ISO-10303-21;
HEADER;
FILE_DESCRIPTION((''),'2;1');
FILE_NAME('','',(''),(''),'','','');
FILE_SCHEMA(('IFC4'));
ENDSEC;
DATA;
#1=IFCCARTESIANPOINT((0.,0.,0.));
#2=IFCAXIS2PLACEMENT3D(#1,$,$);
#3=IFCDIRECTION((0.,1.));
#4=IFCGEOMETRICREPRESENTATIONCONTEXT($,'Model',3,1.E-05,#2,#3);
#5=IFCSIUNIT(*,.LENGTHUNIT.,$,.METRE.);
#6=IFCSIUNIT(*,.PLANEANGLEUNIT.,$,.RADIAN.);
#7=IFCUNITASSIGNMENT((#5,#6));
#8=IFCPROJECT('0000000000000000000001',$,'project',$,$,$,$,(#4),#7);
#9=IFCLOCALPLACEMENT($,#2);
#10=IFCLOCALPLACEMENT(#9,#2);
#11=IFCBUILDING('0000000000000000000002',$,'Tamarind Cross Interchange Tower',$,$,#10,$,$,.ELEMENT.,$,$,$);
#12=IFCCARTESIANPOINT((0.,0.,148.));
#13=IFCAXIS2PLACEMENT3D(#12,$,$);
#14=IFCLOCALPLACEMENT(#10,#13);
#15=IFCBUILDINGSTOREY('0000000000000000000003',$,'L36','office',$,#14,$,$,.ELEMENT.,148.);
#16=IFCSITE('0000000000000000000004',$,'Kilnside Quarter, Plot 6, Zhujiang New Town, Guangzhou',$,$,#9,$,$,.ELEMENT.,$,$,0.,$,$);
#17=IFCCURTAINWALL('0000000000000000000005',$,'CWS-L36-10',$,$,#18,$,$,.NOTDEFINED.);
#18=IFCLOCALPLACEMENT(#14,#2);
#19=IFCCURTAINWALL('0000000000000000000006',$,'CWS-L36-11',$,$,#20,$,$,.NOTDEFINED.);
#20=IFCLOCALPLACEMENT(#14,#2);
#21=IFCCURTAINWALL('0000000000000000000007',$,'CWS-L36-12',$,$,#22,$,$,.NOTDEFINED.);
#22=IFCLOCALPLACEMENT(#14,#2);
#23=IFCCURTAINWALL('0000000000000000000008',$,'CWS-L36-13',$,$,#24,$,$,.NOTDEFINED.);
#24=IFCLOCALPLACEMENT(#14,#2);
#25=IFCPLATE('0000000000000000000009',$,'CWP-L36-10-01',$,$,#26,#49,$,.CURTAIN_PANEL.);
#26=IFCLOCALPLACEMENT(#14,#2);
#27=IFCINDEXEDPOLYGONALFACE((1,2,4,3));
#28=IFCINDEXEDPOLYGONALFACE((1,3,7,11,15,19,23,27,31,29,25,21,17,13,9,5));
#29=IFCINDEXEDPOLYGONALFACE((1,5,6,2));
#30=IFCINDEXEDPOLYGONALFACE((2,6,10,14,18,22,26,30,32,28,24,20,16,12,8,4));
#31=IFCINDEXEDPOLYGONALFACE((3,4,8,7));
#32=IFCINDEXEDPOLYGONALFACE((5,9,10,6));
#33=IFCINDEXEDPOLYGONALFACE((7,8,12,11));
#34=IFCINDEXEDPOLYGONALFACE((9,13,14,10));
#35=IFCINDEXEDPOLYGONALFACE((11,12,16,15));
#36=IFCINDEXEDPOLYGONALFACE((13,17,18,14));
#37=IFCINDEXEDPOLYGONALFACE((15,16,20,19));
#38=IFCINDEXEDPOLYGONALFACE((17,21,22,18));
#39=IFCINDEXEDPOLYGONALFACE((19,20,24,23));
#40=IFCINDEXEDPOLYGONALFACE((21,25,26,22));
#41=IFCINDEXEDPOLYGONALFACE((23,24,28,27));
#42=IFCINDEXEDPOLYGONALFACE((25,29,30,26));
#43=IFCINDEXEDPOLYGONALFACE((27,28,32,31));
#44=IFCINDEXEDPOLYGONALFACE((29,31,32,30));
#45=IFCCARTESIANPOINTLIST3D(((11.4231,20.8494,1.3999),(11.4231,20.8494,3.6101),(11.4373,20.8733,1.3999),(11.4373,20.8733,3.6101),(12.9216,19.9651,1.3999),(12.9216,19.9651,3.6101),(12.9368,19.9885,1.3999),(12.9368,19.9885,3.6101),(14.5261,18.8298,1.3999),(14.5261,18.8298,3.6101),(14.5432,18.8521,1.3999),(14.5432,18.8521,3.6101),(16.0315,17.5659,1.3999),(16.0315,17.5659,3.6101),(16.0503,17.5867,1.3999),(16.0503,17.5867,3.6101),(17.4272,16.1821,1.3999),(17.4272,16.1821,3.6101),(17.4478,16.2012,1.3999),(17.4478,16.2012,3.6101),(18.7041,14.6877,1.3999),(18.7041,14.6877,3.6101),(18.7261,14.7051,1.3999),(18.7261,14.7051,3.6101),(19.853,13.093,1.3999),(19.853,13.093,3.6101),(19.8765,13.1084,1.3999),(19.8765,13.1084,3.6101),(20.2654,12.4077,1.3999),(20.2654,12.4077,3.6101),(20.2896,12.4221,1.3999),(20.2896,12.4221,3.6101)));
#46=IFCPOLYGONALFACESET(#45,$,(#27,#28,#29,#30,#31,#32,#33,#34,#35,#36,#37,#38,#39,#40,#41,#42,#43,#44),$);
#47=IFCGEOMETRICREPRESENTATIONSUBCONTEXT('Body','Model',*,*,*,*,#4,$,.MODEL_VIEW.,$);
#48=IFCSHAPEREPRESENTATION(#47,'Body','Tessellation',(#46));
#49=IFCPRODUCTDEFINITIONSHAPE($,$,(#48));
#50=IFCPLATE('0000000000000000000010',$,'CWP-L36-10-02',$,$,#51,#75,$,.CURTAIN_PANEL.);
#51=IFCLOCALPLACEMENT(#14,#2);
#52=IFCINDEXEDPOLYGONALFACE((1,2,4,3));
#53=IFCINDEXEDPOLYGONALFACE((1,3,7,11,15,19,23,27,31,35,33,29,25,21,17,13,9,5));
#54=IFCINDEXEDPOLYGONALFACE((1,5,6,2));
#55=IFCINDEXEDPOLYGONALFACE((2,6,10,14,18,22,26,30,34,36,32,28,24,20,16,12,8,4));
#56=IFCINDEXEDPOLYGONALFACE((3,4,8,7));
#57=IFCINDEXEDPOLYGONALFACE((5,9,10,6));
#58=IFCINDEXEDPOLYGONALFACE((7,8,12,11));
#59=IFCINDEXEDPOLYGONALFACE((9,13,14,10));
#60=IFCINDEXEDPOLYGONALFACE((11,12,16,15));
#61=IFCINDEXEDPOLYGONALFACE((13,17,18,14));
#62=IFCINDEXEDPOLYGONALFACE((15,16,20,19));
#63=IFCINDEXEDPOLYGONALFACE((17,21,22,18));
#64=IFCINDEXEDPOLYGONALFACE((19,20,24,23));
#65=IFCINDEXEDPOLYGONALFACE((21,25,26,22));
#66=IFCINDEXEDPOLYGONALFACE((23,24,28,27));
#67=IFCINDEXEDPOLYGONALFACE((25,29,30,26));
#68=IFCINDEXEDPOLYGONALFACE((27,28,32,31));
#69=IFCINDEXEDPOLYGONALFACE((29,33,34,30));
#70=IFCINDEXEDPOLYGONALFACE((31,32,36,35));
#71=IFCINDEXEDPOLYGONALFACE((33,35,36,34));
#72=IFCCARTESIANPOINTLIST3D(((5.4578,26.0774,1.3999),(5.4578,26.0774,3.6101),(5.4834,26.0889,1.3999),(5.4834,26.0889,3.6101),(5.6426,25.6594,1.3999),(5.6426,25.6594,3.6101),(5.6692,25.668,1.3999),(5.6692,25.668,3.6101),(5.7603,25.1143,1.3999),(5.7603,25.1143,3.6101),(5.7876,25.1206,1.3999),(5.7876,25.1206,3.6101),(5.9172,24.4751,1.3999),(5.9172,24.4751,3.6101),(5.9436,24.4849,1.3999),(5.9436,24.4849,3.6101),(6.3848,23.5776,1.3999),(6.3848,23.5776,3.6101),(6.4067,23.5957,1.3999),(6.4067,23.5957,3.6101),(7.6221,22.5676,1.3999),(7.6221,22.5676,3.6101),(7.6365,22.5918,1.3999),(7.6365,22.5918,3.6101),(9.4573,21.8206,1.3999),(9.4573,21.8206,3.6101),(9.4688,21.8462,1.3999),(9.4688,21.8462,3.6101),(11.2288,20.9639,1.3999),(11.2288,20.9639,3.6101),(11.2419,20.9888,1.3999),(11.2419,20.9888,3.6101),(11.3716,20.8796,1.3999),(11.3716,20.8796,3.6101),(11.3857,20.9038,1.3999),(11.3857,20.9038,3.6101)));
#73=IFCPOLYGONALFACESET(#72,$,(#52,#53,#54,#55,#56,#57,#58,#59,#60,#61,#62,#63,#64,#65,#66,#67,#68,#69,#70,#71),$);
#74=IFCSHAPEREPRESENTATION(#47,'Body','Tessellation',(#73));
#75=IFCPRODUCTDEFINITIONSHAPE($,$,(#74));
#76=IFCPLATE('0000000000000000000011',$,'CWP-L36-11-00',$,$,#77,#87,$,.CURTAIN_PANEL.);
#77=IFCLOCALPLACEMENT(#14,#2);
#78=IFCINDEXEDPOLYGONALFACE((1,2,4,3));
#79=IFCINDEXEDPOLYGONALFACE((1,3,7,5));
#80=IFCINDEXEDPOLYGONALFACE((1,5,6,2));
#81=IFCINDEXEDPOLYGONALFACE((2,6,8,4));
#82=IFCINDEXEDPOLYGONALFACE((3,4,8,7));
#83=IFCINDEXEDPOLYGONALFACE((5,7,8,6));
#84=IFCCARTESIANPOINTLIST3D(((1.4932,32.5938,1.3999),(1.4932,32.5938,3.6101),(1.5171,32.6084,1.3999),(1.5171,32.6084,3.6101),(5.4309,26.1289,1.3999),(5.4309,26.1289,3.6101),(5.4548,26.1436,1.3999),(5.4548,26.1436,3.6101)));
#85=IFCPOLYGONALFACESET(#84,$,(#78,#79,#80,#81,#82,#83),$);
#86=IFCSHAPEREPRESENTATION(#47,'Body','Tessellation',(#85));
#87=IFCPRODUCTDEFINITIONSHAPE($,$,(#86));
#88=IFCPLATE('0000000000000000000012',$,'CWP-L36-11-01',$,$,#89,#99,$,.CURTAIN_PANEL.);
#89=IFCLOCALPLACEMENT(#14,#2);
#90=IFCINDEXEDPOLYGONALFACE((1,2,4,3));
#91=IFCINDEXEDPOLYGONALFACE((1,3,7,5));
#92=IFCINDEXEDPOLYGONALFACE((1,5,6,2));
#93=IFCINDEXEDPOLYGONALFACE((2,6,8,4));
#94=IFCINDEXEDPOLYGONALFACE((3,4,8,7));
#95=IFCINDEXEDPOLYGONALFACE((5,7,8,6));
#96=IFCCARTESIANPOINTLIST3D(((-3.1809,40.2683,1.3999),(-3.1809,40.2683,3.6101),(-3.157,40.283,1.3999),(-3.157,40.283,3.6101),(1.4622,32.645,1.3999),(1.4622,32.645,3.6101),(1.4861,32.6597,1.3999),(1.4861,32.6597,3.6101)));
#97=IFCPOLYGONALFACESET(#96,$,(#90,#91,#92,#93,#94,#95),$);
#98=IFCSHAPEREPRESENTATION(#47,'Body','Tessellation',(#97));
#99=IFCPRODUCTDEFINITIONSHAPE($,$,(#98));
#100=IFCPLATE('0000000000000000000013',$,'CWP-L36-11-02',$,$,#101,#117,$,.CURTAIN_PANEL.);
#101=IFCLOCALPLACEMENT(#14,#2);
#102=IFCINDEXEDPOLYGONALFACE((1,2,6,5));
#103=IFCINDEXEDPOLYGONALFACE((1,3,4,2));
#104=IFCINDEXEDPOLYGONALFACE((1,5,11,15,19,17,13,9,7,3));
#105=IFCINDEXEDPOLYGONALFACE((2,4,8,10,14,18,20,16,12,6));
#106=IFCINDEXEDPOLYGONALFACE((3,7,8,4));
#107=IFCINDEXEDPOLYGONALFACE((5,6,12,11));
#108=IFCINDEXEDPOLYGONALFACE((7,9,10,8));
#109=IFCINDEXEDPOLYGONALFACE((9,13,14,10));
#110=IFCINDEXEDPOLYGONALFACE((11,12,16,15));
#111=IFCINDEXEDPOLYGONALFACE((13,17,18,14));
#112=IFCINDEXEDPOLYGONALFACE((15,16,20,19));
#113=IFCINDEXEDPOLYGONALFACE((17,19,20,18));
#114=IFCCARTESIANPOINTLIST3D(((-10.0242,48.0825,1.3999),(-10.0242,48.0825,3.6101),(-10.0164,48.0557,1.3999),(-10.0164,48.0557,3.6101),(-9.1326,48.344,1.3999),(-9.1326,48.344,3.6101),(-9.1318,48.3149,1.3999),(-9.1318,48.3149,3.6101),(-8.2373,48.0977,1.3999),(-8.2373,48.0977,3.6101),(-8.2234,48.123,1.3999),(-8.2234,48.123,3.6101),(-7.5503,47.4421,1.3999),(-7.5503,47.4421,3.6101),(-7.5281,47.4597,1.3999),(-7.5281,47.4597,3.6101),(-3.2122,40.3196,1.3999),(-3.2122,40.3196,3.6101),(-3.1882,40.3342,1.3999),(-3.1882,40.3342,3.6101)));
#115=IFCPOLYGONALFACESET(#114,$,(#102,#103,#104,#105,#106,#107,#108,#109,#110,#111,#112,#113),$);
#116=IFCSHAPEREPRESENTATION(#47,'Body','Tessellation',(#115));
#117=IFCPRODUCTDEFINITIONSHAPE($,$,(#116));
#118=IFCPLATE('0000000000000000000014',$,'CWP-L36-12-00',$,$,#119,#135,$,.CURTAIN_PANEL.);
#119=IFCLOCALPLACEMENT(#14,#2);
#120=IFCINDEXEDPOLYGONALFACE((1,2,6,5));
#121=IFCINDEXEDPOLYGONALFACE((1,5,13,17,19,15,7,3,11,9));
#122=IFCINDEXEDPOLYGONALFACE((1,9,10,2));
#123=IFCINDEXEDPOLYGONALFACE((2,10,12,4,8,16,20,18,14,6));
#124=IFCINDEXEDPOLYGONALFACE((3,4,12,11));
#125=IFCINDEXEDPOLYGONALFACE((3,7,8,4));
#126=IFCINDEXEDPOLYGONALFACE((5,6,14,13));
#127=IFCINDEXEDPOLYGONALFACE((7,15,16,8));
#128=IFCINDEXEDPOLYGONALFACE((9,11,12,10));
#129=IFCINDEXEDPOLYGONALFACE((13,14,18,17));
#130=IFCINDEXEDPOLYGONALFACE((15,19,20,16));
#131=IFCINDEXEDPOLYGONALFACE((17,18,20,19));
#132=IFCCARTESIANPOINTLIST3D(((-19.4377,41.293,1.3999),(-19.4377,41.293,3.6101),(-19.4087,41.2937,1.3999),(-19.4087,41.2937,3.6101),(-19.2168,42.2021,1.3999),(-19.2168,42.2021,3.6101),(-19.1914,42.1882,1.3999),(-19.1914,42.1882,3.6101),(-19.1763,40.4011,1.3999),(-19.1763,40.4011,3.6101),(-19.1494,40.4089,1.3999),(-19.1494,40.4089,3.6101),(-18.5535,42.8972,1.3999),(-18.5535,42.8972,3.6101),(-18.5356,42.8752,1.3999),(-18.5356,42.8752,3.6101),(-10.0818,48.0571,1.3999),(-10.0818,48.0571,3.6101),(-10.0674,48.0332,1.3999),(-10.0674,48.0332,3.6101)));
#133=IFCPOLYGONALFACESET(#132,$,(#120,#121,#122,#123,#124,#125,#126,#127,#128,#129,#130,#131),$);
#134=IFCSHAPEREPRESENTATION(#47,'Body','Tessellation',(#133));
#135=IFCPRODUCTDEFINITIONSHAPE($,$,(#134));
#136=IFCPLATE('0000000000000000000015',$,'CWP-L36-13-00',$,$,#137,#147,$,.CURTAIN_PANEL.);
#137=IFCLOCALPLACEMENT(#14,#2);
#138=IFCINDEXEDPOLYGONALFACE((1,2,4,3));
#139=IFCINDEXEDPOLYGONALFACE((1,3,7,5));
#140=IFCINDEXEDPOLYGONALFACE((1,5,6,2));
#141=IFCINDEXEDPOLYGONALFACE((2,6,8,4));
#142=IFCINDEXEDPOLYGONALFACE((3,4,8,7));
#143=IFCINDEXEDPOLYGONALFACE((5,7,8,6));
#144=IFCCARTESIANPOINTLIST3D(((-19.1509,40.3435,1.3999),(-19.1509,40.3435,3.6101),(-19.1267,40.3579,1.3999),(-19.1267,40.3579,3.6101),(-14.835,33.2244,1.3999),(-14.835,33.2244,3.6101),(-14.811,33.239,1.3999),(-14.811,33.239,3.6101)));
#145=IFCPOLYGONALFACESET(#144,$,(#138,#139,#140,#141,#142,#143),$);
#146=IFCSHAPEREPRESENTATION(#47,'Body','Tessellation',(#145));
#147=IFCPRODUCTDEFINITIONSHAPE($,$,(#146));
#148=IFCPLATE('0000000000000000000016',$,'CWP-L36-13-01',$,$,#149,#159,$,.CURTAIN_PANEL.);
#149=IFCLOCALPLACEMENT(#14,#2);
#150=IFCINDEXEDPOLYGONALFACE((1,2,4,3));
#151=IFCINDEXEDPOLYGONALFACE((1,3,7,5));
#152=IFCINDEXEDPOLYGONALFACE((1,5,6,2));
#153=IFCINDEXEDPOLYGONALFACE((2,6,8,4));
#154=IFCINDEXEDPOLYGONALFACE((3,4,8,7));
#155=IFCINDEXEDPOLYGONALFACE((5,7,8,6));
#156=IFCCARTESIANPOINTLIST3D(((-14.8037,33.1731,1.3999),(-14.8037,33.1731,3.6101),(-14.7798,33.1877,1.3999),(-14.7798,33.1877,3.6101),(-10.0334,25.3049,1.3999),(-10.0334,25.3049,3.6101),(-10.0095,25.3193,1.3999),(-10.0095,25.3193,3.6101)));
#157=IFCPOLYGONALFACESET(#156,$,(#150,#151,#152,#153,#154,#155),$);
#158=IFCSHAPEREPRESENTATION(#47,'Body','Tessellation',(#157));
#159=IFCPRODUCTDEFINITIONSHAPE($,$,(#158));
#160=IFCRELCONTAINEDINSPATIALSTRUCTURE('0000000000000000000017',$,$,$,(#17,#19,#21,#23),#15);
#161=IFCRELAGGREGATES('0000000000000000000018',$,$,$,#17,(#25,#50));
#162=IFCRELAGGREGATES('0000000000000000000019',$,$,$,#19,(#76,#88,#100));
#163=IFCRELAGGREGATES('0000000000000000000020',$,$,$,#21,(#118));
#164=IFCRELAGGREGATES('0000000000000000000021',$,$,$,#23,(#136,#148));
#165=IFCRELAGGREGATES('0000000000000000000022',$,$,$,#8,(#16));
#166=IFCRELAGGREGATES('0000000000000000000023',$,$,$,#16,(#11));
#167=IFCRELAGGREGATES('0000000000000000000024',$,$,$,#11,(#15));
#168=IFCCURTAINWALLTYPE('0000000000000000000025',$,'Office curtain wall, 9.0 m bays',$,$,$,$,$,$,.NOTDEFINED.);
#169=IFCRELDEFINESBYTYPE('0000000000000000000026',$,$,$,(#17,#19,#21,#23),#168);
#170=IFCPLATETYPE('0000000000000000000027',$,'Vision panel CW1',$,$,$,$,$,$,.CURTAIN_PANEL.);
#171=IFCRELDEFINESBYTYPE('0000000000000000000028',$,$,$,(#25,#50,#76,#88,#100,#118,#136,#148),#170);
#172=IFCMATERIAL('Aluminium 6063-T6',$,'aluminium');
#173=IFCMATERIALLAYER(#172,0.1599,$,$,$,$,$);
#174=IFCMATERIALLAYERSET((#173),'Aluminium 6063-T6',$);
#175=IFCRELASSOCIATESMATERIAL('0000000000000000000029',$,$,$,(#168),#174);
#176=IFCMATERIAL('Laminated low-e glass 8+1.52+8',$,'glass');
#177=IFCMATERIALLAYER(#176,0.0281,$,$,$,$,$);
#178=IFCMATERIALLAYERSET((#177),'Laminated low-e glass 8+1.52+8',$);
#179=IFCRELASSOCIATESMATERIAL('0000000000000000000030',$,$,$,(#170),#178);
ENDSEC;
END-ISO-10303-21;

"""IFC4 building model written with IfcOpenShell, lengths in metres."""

from ifc_helpers import new_model, si_unit, direction, frame, origin, place, context, subcontext, project, spatial, polyline, outline, extrude, material, layer, layer_set, type_object, element, aggregate, save


model = new_model("IFC4")

# Units and contexts
model_context = context("Model", 3, precision=1e-05, world=origin(), true_north=direction((0.0, 1.0)))
body_context = subcontext(model_context, "Body", "Model", "MODEL_VIEW")
ifc_project = project(units=[si_unit("LENGTHUNIT", "METRE"), si_unit("PLANEANGLEUNIT", "RADIAN")], contexts=[model_context])

# Site, building, storey
site_placement = place(None, origin())
site = spatial("IfcSite", under=ifc_project, at=site_placement, Name="Kilnside Quarter, Plot 6, Zhujiang New Town, Guangzhou", CompositionType="ELEMENT", RefElevation=0.0)
building_placement = place(site_placement, origin())
building = spatial("IfcBuilding", under=site, at=building_placement, Name="Tamarind Cross Interchange Tower", CompositionType="ELEMENT")
storey_placement = place(building_placement, frame((0.0, 0.0, 148.0)))
storey = spatial("IfcBuildingStorey", under=building, at=storey_placement, Name="L36", Description="office", CompositionType="ELEMENT", Elevation=148.0)

# Curtain walls
ifc_material_1 = material(Name="Aluminium 6063-T6", Category="aluminium")
ifc_layer_1 = layer(ifc_material_1, 0.1599)
ifc_layer_set_1 = layer_set([ifc_layer_1], Name="Aluminium 6063-T6")
curtain_wall_type = type_object("IfcCurtainWallType", Name="Office curtain wall, 9.0 m bays", PredefinedType="NOTDEFINED", material=ifc_layer_set_1)
curtain_wall_1_placement = place(storey_placement, origin())
curtain_wall_1 = element("IfcCurtainWall", 1, at=curtain_wall_1_placement, inside=storey, type_object=curtain_wall_type, Name="CWS-L36-10", PredefinedType="NOTDEFINED")
curtain_wall_2_placement = place(storey_placement, origin())
curtain_wall_2 = element("IfcCurtainWall", 2, at=curtain_wall_2_placement, inside=storey, type_object=curtain_wall_type, Name="CWS-L36-11", PredefinedType="NOTDEFINED")
curtain_wall_3_placement = place(storey_placement, origin())
curtain_wall_3 = element("IfcCurtainWall", 3, at=curtain_wall_3_placement, inside=storey, type_object=curtain_wall_type, Name="CWS-L36-12", PredefinedType="NOTDEFINED")
curtain_wall_4_placement = place(storey_placement, origin())
curtain_wall_4 = element("IfcCurtainWall", 4, at=curtain_wall_4_placement, inside=storey, type_object=curtain_wall_type, Name="CWS-L36-13", PredefinedType="NOTDEFINED")

# Plates
ifc_material_2 = material(Name="Laminated low-e glass 8+1.52+8", Category="glass")
ifc_layer_2 = layer(ifc_material_2, 0.0281)
ifc_layer_set_2 = layer_set([ifc_layer_2], Name="Laminated low-e glass 8+1.52+8")
plate_type = type_object("IfcPlateType", Name="Vision panel CW1", PredefinedType="CURTAIN_PANEL", material=ifc_layer_set_2)
plate_1_placement = place(storey_placement, frame((0.0, 0.0, 1.3999)))
plate_1 = element("IfcPlate", 5, at=plate_1_placement, type_object=plate_type, Name="CWP-L36-10-01", PredefinedType="CURTAIN_PANEL", context=body_context, shape_type="SweptSolid", body=[
    extrude(outline(polyline([(20.2654, 12.4077), (19.853, 13.093), (18.7041, 14.6877), (17.4272, 16.1821), (16.0315, 17.5659), (14.5261, 18.8298), (12.9216, 19.9651), (11.4231, 20.8494), (11.4373, 20.8733), (12.9368, 19.9885), (14.5432, 18.8521), (16.0503, 17.5867), (17.4478, 16.2012), (18.7261, 14.7051), (19.8765, 13.1084), (20.2896, 12.4221), (20.2654, 12.4077)])), origin(), (0.0, 0.0, 1.0), 2.2102),
])
plate_2_placement = place(storey_placement, frame((0.0, 0.0, 1.3999)))
plate_2 = element("IfcPlate", 6, at=plate_2_placement, type_object=plate_type, Name="CWP-L36-10-02", PredefinedType="CURTAIN_PANEL", context=body_context, shape_type="SweptSolid", body=[
    extrude(outline(polyline([(11.3716, 20.8796), (11.2288, 20.9639), (9.4573, 21.8206), (7.6221, 22.5676), (6.3848, 23.5776), (5.9172, 24.4751), (5.7603, 25.1143), (5.6426, 25.6594), (5.4578, 26.0774), (5.4834, 26.0889), (5.6692, 25.668), (5.7876, 25.1206), (5.9436, 24.4849), (6.4067, 23.5957), (7.6365, 22.5918), (9.4688, 21.8462), (11.2419, 20.9888), (11.3857, 20.9038), (11.3716, 20.8796)])), origin(), (0.0, 0.0, 1.0), 2.2102),
])
aggregate(curtain_wall_1, [plate_1, plate_2])
plate_3_placement = place(storey_placement, frame((0.0, 0.0, 1.3999)))
plate_3 = element("IfcPlate", 7, at=plate_3_placement, type_object=plate_type, Name="CWP-L36-11-00", PredefinedType="CURTAIN_PANEL", context=body_context, shape_type="SweptSolid", body=[
    extrude(outline(polyline([(5.4309, 26.1289), (1.4932, 32.5938), (1.5171, 32.6084), (5.4548, 26.1436), (5.4309, 26.1289)])), origin(), (0.0, 0.0, 1.0), 2.2102),
])
plate_4_placement = place(storey_placement, frame((0.0, 0.0, 1.3999)))
plate_4 = element("IfcPlate", 8, at=plate_4_placement, type_object=plate_type, Name="CWP-L36-11-01", PredefinedType="CURTAIN_PANEL", context=body_context, shape_type="SweptSolid", body=[
    extrude(outline(polyline([(1.4622, 32.645), (-3.1809, 40.2683), (-3.157, 40.283), (1.4861, 32.6597), (1.4622, 32.645)])), origin(), (0.0, 0.0, 1.0), 2.2102),
])
plate_5_placement = place(storey_placement, frame((0.0, 0.0, 1.3999)))
plate_5 = element("IfcPlate", 9, at=plate_5_placement, type_object=plate_type, Name="CWP-L36-11-02", PredefinedType="CURTAIN_PANEL", context=body_context, shape_type="SweptSolid", body=[
    extrude(outline(polyline([(-3.2122, 40.3196), (-7.5503, 47.4421), (-8.2373, 48.0977), (-9.1318, 48.3149), (-10.0164, 48.0557), (-10.0242, 48.0825), (-9.1326, 48.344), (-8.2234, 48.123), (-7.5281, 47.4597), (-3.1882, 40.3342), (-3.2122, 40.3196)])), origin(), (0.0, 0.0, 1.0), 2.2102),
])
aggregate(curtain_wall_2, [plate_3, plate_4, plate_5])
plate_6_placement = place(storey_placement, frame((0.0, 0.0, 1.3999)))
plate_6 = element("IfcPlate", 10, at=plate_6_placement, type_object=plate_type, Name="CWP-L36-12-00", PredefinedType="CURTAIN_PANEL", context=body_context, shape_type="SweptSolid", body=[
    extrude(outline(polyline([(-10.0674, 48.0332), (-18.5356, 42.8752), (-19.1914, 42.1882), (-19.4087, 41.2937), (-19.1494, 40.4089), (-19.1763, 40.4011), (-19.4377, 41.293), (-19.2168, 42.2021), (-18.5535, 42.8972), (-10.0818, 48.0571), (-10.0674, 48.0332)])), origin(), (0.0, 0.0, 1.0), 2.2102),
])
aggregate(curtain_wall_3, [plate_6])
plate_7_placement = place(storey_placement, frame((0.0, 0.0, 1.3999)))
plate_7 = element("IfcPlate", 11, at=plate_7_placement, type_object=plate_type, Name="CWP-L36-13-00", PredefinedType="CURTAIN_PANEL", context=body_context, shape_type="SweptSolid", body=[
    extrude(outline(polyline([(-19.1267, 40.3579), (-14.811, 33.239), (-14.835, 33.2244), (-19.1509, 40.3435), (-19.1267, 40.3579)])), origin(), (0.0, 0.0, 1.0), 2.2102),
])
plate_8_placement = place(storey_placement, frame((0.0, 0.0, 1.3999)))
plate_8 = element("IfcPlate", 12, at=plate_8_placement, type_object=plate_type, Name="CWP-L36-13-01", PredefinedType="CURTAIN_PANEL", context=body_context, shape_type="SweptSolid", body=[
    extrude(outline(polyline([(-14.7798, 33.1877), (-10.0095, 25.3193), (-10.0334, 25.3049), (-14.8037, 33.1731), (-14.7798, 33.1877)])), origin(), (0.0, 0.0, 1.0), 2.2102),
])
aggregate(curtain_wall_4, [plate_7, plate_8])

save(model, "model.ifc")
